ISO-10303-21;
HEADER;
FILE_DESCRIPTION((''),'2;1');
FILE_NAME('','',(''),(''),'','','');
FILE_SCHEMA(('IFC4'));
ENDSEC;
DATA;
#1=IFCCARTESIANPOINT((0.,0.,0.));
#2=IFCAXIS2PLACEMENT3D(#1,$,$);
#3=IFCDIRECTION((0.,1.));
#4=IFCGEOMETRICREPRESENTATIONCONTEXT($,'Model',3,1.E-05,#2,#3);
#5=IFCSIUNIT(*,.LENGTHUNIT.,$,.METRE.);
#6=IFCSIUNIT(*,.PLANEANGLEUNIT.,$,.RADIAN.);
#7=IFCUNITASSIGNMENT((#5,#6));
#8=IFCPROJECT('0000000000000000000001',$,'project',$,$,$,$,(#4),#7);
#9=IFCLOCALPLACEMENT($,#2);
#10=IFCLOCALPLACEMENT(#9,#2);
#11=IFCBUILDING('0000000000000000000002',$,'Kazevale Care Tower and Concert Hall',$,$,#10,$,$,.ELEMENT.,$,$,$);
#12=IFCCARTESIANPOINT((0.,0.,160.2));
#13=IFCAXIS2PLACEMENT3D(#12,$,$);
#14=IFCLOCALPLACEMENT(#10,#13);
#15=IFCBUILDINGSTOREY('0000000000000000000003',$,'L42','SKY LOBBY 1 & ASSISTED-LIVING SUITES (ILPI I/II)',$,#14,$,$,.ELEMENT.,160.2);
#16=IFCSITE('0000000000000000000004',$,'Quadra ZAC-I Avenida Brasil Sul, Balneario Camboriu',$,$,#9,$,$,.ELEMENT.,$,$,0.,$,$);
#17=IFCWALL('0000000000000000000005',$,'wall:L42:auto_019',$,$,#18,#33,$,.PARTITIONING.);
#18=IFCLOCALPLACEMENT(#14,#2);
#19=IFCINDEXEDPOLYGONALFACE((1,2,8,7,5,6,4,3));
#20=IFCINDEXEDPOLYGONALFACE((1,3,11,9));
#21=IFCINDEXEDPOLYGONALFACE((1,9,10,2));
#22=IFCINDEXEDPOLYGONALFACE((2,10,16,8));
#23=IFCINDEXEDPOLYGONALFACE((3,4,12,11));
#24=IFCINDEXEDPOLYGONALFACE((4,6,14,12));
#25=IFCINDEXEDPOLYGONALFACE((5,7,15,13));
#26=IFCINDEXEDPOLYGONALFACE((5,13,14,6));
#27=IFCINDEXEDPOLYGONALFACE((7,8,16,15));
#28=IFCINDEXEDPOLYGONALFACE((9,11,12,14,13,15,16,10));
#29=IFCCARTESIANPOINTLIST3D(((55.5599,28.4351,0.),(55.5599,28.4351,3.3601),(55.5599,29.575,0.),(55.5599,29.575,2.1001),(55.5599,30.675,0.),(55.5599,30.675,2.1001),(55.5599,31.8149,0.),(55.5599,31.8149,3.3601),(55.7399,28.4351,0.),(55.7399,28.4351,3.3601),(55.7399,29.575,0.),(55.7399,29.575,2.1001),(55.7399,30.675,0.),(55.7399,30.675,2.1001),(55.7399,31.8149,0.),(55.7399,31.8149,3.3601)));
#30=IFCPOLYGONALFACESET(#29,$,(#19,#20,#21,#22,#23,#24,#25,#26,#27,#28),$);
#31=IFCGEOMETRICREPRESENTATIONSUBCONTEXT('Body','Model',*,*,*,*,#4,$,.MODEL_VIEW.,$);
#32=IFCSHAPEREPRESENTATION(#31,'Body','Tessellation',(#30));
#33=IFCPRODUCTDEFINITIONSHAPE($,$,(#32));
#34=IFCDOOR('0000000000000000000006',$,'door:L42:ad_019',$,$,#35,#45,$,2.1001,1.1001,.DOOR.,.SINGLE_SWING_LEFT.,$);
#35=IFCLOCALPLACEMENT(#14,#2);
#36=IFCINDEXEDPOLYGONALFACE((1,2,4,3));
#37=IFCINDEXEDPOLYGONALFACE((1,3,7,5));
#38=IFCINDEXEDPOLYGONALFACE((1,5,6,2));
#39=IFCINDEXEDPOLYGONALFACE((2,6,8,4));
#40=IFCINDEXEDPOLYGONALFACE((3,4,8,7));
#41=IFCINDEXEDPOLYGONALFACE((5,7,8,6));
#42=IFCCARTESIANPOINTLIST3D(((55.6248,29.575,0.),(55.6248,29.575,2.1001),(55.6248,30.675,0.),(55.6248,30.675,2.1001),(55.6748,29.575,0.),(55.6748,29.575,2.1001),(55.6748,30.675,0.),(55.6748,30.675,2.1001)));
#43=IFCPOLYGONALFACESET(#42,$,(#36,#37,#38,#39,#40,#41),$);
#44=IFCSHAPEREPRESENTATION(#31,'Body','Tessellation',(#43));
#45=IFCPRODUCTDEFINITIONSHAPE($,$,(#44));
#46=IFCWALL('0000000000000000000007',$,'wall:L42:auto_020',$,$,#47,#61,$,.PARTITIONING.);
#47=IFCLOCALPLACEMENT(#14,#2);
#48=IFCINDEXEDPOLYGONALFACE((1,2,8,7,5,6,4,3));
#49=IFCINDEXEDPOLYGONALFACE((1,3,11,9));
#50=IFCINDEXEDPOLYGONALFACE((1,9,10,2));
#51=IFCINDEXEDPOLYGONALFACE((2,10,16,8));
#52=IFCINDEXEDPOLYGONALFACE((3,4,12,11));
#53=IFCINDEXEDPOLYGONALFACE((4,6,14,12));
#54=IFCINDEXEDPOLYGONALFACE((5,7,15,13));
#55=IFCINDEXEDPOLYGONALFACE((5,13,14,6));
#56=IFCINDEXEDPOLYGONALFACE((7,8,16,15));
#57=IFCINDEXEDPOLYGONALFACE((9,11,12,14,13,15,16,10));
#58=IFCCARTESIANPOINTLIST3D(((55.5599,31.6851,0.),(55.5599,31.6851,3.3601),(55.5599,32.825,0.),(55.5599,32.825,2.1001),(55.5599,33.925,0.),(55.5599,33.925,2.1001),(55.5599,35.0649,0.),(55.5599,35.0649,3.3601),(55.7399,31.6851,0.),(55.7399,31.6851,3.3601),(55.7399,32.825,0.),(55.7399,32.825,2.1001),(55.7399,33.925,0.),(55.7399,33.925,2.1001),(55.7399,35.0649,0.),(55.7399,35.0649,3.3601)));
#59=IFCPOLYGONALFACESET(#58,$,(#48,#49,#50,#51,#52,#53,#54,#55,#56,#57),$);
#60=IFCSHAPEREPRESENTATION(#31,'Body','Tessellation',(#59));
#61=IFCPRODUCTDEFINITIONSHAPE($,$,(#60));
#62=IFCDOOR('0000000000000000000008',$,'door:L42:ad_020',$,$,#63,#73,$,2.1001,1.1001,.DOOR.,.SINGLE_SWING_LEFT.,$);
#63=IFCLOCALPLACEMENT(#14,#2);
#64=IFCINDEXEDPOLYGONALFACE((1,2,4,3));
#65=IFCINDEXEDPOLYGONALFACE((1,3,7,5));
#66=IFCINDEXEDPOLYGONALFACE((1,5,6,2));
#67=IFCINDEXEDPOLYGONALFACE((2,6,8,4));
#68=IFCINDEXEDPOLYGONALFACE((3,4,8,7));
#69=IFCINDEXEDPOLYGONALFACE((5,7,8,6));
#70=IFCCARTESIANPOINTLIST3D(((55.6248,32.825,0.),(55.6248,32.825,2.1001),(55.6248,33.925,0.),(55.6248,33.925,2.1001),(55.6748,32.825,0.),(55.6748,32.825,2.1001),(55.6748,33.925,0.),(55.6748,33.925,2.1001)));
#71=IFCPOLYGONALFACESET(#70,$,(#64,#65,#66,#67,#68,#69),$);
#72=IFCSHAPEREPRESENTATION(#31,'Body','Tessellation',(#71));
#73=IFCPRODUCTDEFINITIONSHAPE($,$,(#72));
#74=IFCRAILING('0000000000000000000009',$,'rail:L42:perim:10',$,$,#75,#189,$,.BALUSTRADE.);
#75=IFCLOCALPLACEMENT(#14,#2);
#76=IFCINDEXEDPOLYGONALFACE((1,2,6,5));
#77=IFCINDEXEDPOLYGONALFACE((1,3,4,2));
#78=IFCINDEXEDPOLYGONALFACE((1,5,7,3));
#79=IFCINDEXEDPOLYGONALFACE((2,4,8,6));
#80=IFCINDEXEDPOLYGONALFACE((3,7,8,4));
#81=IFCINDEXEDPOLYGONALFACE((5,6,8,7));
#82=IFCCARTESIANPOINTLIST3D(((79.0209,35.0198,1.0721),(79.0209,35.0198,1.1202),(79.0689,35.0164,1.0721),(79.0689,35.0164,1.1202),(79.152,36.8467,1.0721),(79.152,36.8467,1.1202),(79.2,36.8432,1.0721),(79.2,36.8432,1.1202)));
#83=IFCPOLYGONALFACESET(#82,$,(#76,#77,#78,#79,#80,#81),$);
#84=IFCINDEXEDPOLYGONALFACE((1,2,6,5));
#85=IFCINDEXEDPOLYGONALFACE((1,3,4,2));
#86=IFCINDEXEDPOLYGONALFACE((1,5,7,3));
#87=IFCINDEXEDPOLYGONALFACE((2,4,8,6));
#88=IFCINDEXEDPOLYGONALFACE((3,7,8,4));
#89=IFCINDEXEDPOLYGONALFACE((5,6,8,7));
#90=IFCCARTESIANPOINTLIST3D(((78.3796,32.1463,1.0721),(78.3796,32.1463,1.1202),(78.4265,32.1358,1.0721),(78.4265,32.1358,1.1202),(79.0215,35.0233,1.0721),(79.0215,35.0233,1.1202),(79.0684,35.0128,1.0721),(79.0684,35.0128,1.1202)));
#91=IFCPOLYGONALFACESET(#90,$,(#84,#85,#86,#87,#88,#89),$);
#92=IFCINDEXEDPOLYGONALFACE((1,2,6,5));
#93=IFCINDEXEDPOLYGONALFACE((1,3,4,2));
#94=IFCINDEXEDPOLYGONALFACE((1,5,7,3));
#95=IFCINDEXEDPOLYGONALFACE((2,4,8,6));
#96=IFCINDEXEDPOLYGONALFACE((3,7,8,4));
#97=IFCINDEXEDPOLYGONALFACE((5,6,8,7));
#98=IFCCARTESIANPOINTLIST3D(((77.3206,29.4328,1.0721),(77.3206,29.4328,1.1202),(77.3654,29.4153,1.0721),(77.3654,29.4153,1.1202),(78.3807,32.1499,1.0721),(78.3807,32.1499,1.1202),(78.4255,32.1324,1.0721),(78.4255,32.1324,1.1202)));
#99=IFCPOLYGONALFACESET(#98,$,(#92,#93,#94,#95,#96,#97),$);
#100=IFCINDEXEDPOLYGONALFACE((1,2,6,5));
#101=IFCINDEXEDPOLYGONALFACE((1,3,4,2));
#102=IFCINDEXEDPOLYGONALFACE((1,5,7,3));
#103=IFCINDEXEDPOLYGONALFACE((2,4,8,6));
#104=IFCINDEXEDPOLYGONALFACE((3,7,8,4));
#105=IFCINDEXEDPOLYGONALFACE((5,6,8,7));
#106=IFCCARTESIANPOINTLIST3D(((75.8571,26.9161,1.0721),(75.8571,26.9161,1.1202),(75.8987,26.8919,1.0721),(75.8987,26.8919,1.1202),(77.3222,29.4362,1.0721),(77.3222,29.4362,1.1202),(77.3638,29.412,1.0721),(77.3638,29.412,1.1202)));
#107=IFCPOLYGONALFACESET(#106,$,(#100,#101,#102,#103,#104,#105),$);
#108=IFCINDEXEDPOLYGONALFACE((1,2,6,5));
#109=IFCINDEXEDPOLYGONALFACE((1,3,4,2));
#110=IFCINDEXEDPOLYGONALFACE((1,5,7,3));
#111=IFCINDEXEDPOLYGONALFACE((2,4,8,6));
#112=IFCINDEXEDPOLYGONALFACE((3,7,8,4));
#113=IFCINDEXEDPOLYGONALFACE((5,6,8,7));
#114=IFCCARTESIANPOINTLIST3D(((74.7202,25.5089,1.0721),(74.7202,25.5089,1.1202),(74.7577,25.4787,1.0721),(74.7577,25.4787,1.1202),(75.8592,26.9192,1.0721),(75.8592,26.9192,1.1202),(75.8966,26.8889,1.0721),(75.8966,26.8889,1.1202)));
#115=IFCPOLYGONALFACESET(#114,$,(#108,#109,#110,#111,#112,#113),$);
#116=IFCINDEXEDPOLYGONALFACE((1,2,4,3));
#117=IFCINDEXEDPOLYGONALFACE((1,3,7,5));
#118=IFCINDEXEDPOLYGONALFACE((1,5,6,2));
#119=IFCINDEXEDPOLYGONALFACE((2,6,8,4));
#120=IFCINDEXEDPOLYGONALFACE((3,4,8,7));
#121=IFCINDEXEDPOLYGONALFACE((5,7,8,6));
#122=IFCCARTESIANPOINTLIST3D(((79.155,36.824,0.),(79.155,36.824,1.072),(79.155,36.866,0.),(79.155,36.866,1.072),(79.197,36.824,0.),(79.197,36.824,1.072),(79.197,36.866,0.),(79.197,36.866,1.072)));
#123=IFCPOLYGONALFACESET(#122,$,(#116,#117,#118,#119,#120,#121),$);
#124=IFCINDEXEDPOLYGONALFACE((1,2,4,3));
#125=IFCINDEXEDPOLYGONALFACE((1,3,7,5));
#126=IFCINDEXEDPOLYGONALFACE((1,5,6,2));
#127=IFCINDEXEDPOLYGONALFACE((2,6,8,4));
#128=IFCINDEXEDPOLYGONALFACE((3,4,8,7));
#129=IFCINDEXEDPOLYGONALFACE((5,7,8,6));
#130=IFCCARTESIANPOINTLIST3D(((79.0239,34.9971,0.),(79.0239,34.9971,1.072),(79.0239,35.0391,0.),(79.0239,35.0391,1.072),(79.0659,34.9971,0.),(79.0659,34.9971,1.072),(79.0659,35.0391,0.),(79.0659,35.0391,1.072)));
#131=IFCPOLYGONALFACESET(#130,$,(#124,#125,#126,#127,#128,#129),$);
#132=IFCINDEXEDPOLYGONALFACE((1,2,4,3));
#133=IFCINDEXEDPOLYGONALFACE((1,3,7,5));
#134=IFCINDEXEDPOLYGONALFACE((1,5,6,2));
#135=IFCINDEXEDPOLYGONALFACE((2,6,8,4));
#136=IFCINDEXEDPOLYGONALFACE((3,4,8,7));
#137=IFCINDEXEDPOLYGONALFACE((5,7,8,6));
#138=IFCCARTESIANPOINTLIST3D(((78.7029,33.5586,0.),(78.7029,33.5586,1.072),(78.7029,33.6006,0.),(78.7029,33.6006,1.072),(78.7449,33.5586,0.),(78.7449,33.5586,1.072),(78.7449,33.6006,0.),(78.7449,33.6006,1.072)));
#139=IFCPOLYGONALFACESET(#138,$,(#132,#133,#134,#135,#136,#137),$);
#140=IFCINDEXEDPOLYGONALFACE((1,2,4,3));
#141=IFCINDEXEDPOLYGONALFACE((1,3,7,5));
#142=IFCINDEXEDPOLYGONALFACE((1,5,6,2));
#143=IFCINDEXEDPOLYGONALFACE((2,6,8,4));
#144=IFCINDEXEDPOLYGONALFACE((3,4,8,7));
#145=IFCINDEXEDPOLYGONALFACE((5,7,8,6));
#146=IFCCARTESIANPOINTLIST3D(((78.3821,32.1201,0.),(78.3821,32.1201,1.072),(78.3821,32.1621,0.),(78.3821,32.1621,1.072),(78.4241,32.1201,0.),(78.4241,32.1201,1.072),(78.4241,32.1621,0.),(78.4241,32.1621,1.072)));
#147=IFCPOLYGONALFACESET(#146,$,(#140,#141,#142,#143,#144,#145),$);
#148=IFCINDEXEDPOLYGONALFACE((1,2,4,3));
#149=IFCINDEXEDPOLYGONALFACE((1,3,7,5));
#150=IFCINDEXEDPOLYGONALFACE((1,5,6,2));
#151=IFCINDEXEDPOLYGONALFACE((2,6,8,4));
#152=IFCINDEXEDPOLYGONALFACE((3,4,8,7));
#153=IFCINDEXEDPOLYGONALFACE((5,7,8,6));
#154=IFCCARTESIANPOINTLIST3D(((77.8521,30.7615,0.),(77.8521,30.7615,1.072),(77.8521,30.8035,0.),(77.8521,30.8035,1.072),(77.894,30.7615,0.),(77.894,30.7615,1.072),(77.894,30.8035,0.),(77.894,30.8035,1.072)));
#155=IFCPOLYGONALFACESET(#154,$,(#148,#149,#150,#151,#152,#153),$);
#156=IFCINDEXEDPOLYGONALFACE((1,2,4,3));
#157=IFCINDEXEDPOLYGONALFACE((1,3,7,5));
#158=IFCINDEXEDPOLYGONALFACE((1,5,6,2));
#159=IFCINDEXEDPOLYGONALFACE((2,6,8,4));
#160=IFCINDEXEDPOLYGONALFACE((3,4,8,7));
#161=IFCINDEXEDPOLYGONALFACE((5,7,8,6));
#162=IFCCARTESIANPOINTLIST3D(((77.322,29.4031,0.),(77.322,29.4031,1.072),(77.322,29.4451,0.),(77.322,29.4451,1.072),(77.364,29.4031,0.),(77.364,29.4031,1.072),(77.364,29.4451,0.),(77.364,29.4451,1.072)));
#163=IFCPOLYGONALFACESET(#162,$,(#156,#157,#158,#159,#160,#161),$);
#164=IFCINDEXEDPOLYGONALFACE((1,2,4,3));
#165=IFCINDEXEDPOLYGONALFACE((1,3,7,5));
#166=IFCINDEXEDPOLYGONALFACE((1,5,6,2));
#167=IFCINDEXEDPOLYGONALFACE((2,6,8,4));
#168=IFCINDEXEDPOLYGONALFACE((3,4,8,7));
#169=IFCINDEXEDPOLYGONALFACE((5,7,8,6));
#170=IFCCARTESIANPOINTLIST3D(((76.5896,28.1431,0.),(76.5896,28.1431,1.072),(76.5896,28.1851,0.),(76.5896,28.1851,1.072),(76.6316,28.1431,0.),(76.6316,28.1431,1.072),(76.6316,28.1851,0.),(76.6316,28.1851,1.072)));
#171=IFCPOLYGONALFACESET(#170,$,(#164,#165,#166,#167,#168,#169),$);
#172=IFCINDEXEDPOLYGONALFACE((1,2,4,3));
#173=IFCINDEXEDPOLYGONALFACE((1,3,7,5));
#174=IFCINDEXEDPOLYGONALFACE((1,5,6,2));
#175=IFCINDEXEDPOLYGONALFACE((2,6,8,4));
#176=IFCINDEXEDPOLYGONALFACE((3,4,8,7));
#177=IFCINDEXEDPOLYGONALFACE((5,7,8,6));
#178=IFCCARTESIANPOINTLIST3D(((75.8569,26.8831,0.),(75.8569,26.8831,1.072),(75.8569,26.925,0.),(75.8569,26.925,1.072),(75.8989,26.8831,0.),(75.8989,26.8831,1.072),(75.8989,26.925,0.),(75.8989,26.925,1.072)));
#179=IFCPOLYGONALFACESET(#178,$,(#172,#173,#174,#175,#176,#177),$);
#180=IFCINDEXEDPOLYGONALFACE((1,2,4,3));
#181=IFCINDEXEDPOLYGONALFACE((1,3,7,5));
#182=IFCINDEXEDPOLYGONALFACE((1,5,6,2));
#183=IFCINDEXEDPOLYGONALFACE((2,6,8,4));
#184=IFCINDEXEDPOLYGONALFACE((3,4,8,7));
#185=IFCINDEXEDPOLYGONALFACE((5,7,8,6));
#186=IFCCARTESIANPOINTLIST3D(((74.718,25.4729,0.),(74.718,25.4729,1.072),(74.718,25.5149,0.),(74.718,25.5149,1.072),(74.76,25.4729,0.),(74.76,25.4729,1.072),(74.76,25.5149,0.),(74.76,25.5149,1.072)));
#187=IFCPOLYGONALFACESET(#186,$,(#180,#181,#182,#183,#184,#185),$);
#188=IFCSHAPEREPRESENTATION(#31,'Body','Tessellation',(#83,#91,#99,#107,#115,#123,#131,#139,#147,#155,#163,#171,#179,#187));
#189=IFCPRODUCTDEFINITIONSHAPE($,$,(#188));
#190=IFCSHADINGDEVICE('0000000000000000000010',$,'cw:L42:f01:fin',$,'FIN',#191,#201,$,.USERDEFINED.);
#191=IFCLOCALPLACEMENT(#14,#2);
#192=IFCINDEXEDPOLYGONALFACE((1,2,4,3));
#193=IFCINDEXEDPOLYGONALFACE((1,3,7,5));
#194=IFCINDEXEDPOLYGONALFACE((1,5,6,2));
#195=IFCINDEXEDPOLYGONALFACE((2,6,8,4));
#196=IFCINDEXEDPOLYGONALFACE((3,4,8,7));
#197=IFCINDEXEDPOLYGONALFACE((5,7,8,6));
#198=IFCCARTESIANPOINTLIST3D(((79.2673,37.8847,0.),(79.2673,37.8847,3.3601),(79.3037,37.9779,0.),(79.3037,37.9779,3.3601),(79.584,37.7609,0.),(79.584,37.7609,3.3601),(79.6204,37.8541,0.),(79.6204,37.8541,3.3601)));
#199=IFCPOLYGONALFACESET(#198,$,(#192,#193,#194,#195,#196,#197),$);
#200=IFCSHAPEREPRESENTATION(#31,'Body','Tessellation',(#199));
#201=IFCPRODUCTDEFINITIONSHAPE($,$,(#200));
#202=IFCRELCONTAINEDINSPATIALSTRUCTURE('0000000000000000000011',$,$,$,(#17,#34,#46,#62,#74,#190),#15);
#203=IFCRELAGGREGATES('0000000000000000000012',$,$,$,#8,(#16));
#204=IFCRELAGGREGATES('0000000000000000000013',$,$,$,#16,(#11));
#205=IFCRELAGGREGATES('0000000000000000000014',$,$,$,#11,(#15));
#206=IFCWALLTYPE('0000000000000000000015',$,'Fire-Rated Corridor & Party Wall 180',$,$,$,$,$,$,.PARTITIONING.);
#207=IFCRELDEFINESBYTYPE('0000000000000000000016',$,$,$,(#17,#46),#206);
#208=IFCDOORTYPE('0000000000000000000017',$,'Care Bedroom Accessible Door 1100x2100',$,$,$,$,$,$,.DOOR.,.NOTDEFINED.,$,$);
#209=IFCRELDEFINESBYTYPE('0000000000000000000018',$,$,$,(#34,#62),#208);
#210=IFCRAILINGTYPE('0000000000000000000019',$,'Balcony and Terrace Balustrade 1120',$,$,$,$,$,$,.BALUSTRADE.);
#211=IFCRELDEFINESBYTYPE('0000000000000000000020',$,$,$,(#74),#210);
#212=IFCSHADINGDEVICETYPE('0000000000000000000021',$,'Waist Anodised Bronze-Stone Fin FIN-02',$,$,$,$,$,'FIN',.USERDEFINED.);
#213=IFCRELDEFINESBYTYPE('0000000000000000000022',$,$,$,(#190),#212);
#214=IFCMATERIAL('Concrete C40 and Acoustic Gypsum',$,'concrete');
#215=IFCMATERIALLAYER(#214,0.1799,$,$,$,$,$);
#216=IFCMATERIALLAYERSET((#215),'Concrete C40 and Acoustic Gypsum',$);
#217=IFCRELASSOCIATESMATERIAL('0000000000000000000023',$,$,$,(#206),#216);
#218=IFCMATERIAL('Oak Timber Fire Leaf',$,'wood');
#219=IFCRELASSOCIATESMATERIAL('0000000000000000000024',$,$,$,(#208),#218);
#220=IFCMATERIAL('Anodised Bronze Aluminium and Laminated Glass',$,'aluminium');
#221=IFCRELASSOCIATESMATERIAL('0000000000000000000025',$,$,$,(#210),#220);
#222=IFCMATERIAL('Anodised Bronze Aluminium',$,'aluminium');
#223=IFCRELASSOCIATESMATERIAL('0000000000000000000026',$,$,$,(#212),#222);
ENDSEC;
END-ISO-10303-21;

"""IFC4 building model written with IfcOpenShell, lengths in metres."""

from ifc_helpers import new_model, si_unit, direction, frame, frame_2d, origin, origin_2d, place, context, subcontext, project, spatial, rectangle, extrude, material, layer, layer_set, type_object, element, fill, save


model = new_model("IFC4")

# Units and contexts
model_context = context("Model", 3, precision=1e-05, world=origin(), true_north=direction((0.0, 1.0)))
body_context = subcontext(model_context, "Body", "Model", "MODEL_VIEW")
ifc_project = project(units=[si_unit("LENGTHUNIT", "METRE"), si_unit("PLANEANGLEUNIT", "RADIAN")], contexts=[model_context])

# Site, building, storey
site_placement = place(None, origin())
site = spatial("IfcSite", under=ifc_project, at=site_placement, Name="Quadra ZAC-I Avenida Brasil Sul, Balneario Camboriu", CompositionType="ELEMENT", RefElevation=0.0)
building_placement = place(site_placement, origin())
building = spatial("IfcBuilding", under=site, at=building_placement, Name="Kazevale Care Tower and Concert Hall", CompositionType="ELEMENT")
storey_placement = place(building_placement, frame((0.0, 0.0, 160.2)))
storey = spatial("IfcBuildingStorey", under=building, at=storey_placement, Name="L42", Description="SKY LOBBY 1 & ASSISTED-LIVING SUITES (ILPI I/II)", CompositionType="ELEMENT", Elevation=160.2)

# Walls, openings, doors
ifc_material_1 = material(Name="Concrete C40 and Acoustic Gypsum", Category="concrete")
ifc_layer_1 = layer(ifc_material_1, 0.1799)
ifc_layer_set_1 = layer_set([ifc_layer_1], Name="Concrete C40 and Acoustic Gypsum")
wall_type = type_object("IfcWallType", Name="Fire-Rated Corridor & Party Wall 180", PredefinedType="PARTITIONING", material=ifc_layer_set_1)
ifc_material_2 = material(Name="Oak Timber Fire Leaf", Category="wood")
door_type = type_object("IfcDoorType", Name="Care Bedroom Accessible Door 1100x2100", OperationType="NOTDEFINED", PredefinedType="DOOR", material=ifc_material_2)
wall_1_placement = place(storey_placement, frame((55.6499, 31.8149, 0.0), z_axis=(0.0, 0.0, 1.0), x_axis=(0.0, -1.0, 0.0)))
wall_1 = element("IfcWall", 1, at=wall_1_placement, inside=storey, type_object=wall_type, Name="wall:L42:auto_019", PredefinedType="PARTITIONING", context=body_context, shape_type="SweptSolid", body=[
    extrude(rectangle(XDim=3.3799, YDim=0.1799, at=frame_2d((1.6899, 0.0))), origin(), (0.0, 0.0, 1.0), 3.3601),
])
opening_1_placement = place(wall_1_placement, frame((1.1399, 0.0, 0.0)))
opening_1 = element("IfcOpeningElement", 2, at=opening_1_placement, cuts=wall_1, PredefinedType="OPENING", context=body_context, shape_type="SweptSolid", body=[
    extrude(rectangle(XDim=1.1001, YDim=2.1001, at=frame_2d((0.55, 1.05))), frame((0.0, 0.0999, 0.0), z_axis=(0.0, -1.0, 0.0), x_axis=(1.0, 0.0, 0.0)), (0.0, 0.0, 1.0), 0.2),
])
door_1_placement = place(opening_1_placement, origin())
door_1 = element("IfcDoor", 3, at=door_1_placement, inside=storey, type_object=door_type, Name="door:L42:ad_019", OperationType="SINGLE_SWING_LEFT", OverallHeight=2.1001, OverallWidth=1.1001, PredefinedType="DOOR", context=body_context, shape_type="SweptSolid", body=[
    extrude(rectangle(XDim=1.1001, YDim=2.1001, at=frame_2d((0.55, 1.05))), frame((0.0, 0.0249, 0.0), z_axis=(0.0, -1.0, 0.0), x_axis=(1.0, 0.0, 0.0)), (0.0, 0.0, 1.0), 0.05),
])
fill(opening_1, door_1)
wall_2_placement = place(storey_placement, frame((55.6499, 35.0649, 0.0), z_axis=(0.0, 0.0, 1.0), x_axis=(0.0, -1.0, 0.0)))
wall_2 = element("IfcWall", 4, at=wall_2_placement, inside=storey, type_object=wall_type, Name="wall:L42:auto_020", PredefinedType="PARTITIONING", context=body_context, shape_type="SweptSolid", body=[
    extrude(rectangle(XDim=3.3799, YDim=0.1799, at=frame_2d((1.6899, 0.0))), origin(), (0.0, 0.0, 1.0), 3.3601),
])
opening_2_placement = place(wall_2_placement, frame((1.1399, 0.0, 0.0)))
opening_2 = element("IfcOpeningElement", 5, at=opening_2_placement, cuts=wall_2, PredefinedType="OPENING", context=body_context, shape_type="SweptSolid", body=[
    extrude(rectangle(XDim=1.1001, YDim=2.1001, at=frame_2d((0.55, 1.05))), frame((0.0, 0.0999, 0.0), z_axis=(0.0, -1.0, 0.0), x_axis=(1.0, 0.0, 0.0)), (0.0, 0.0, 1.0), 0.2),
])
door_2_placement = place(opening_2_placement, origin())
door_2 = element("IfcDoor", 6, at=door_2_placement, inside=storey, type_object=door_type, Name="door:L42:ad_020", OperationType="SINGLE_SWING_LEFT", OverallHeight=2.1001, OverallWidth=1.1001, PredefinedType="DOOR", context=body_context, shape_type="SweptSolid", body=[
    extrude(rectangle(XDim=1.1001, YDim=2.1001, at=frame_2d((0.55, 1.05))), frame((0.0, 0.0249, 0.0), z_axis=(0.0, -1.0, 0.0), x_axis=(1.0, 0.0, 0.0)), (0.0, 0.0, 1.0), 0.05),
])
fill(opening_2, door_2)

# Railing
ifc_material_3 = material(Name="Anodised Bronze Aluminium and Laminated Glass", Category="aluminium")
railing_type = type_object("IfcRailingType", Name="Balcony and Terrace Balustrade 1120", PredefinedType="BALUSTRADE", material=ifc_material_3)
railing_placement = place(storey_placement, frame((79.176, 36.845, 0.0)))
element("IfcRailing", 7, at=railing_placement, inside=storey, type_object=railing_type, Name="rail:L42:perim:10", PredefinedType="BALUSTRADE", context=body_context, shape_type="SweptSolid", body=[
    extrude(rectangle(XDim=0.0481, YDim=0.0481, at=origin_2d()), frame((0.0, 0.0, 1.0962), z_axis=(-0.071579, -0.997435, 0.0), x_axis=(0.997435, -0.071579, 0.0)), (0.0, 0.0, 1.0), 1.8315),
    extrude(rectangle(XDim=0.0481, YDim=0.0481, at=origin_2d()), frame((-0.1311, -1.8269, 1.0962), z_axis=(-0.217746, -0.976005, 0.0), x_axis=(0.976005, -0.217746, 0.0)), (0.0, 0.0, 1.0), 2.9478),
    extrude(rectangle(XDim=0.0481, YDim=0.0481, at=origin_2d()), frame((-0.7729, -4.7039, 1.0962), z_axis=(-0.363468, -0.931607, 0.0), x_axis=(0.931607, -0.363468, 0.0)), (0.0, 0.0, 1.0), 2.9165),
    extrude(rectangle(XDim=0.0481, YDim=0.0481, at=origin_2d()), frame((-1.833, -7.4209, 1.0962), z_axis=(-0.50261, -0.864513, 0.0), x_axis=(0.864513, -0.50261, 0.0)), (0.0, 0.0, 1.0), 2.915),
    extrude(rectangle(XDim=0.0481, YDim=0.0481, at=origin_2d()), frame((-3.2981, -9.9409, 1.0962), z_axis=(-0.628318, -0.777956, 0.0), x_axis=(0.777956, -0.628318, 0.0)), (0.0, 0.0, 1.0), 1.8127),
    extrude(rectangle(XDim=0.042, YDim=0.042, at=origin_2d()), origin(), (0.0, 0.0, 1.0), 1.072),
    extrude(rectangle(XDim=0.042, YDim=0.042, at=origin_2d()), frame((-0.1311, -1.8269, 0.0)), (0.0, 0.0, 1.0), 1.072),
    extrude(rectangle(XDim=0.042, YDim=0.042, at=origin_2d()), frame((-0.4521, -3.2654, 0.0)), (0.0, 0.0, 1.0), 1.072),
    extrude(rectangle(XDim=0.042, YDim=0.042, at=origin_2d()), frame((-0.7729, -4.7039, 0.0)), (0.0, 0.0, 1.0), 1.072),
    extrude(rectangle(XDim=0.042, YDim=0.042, at=origin_2d()), frame((-1.303, -6.0625, 0.0)), (0.0, 0.0, 1.0), 1.072),
    extrude(rectangle(XDim=0.042, YDim=0.042, at=origin_2d()), frame((-1.833, -7.4209, 0.0)), (0.0, 0.0, 1.0), 1.072),
    extrude(rectangle(XDim=0.042, YDim=0.042, at=origin_2d()), frame((-2.5654, -8.6809, 0.0)), (0.0, 0.0, 1.0), 1.072),
    extrude(rectangle(XDim=0.042, YDim=0.042, at=origin_2d()), frame((-3.2981, -9.9409, 0.0)), (0.0, 0.0, 1.0), 1.072),
    extrude(rectangle(XDim=0.042, YDim=0.042, at=origin_2d()), frame((-4.437, -11.3511, 0.0)), (0.0, 0.0, 1.0), 1.072),
])

# Shading device
ifc_material_4 = material(Name="Anodised Bronze Aluminium", Category="aluminium")
shading_device_type = type_object("IfcShadingDeviceType", Name="Waist Anodised Bronze-Stone Fin FIN-02", ElementType="FIN", PredefinedType="USERDEFINED", material=ifc_material_4)
shading_device_placement = place(storey_placement, frame((79.4438, 37.8694, 0.0), z_axis=(0.0, 0.0, 1.0), x_axis=(0.931374, -0.364064, 0.0)))
element("IfcShadingDevice", 8, at=shading_device_placement, inside=storey, type_object=shading_device_type, Name="cw:L42:f01:fin", ObjectType="FIN", PredefinedType="USERDEFINED", context=body_context, shape_type="SweptSolid", body=[
    extrude(rectangle(XDim=0.3401, YDim=0.1001, at=origin_2d()), origin(), (0.0, 0.0, 1.0), 3.3601),
])

save(model, "model.ifc")
